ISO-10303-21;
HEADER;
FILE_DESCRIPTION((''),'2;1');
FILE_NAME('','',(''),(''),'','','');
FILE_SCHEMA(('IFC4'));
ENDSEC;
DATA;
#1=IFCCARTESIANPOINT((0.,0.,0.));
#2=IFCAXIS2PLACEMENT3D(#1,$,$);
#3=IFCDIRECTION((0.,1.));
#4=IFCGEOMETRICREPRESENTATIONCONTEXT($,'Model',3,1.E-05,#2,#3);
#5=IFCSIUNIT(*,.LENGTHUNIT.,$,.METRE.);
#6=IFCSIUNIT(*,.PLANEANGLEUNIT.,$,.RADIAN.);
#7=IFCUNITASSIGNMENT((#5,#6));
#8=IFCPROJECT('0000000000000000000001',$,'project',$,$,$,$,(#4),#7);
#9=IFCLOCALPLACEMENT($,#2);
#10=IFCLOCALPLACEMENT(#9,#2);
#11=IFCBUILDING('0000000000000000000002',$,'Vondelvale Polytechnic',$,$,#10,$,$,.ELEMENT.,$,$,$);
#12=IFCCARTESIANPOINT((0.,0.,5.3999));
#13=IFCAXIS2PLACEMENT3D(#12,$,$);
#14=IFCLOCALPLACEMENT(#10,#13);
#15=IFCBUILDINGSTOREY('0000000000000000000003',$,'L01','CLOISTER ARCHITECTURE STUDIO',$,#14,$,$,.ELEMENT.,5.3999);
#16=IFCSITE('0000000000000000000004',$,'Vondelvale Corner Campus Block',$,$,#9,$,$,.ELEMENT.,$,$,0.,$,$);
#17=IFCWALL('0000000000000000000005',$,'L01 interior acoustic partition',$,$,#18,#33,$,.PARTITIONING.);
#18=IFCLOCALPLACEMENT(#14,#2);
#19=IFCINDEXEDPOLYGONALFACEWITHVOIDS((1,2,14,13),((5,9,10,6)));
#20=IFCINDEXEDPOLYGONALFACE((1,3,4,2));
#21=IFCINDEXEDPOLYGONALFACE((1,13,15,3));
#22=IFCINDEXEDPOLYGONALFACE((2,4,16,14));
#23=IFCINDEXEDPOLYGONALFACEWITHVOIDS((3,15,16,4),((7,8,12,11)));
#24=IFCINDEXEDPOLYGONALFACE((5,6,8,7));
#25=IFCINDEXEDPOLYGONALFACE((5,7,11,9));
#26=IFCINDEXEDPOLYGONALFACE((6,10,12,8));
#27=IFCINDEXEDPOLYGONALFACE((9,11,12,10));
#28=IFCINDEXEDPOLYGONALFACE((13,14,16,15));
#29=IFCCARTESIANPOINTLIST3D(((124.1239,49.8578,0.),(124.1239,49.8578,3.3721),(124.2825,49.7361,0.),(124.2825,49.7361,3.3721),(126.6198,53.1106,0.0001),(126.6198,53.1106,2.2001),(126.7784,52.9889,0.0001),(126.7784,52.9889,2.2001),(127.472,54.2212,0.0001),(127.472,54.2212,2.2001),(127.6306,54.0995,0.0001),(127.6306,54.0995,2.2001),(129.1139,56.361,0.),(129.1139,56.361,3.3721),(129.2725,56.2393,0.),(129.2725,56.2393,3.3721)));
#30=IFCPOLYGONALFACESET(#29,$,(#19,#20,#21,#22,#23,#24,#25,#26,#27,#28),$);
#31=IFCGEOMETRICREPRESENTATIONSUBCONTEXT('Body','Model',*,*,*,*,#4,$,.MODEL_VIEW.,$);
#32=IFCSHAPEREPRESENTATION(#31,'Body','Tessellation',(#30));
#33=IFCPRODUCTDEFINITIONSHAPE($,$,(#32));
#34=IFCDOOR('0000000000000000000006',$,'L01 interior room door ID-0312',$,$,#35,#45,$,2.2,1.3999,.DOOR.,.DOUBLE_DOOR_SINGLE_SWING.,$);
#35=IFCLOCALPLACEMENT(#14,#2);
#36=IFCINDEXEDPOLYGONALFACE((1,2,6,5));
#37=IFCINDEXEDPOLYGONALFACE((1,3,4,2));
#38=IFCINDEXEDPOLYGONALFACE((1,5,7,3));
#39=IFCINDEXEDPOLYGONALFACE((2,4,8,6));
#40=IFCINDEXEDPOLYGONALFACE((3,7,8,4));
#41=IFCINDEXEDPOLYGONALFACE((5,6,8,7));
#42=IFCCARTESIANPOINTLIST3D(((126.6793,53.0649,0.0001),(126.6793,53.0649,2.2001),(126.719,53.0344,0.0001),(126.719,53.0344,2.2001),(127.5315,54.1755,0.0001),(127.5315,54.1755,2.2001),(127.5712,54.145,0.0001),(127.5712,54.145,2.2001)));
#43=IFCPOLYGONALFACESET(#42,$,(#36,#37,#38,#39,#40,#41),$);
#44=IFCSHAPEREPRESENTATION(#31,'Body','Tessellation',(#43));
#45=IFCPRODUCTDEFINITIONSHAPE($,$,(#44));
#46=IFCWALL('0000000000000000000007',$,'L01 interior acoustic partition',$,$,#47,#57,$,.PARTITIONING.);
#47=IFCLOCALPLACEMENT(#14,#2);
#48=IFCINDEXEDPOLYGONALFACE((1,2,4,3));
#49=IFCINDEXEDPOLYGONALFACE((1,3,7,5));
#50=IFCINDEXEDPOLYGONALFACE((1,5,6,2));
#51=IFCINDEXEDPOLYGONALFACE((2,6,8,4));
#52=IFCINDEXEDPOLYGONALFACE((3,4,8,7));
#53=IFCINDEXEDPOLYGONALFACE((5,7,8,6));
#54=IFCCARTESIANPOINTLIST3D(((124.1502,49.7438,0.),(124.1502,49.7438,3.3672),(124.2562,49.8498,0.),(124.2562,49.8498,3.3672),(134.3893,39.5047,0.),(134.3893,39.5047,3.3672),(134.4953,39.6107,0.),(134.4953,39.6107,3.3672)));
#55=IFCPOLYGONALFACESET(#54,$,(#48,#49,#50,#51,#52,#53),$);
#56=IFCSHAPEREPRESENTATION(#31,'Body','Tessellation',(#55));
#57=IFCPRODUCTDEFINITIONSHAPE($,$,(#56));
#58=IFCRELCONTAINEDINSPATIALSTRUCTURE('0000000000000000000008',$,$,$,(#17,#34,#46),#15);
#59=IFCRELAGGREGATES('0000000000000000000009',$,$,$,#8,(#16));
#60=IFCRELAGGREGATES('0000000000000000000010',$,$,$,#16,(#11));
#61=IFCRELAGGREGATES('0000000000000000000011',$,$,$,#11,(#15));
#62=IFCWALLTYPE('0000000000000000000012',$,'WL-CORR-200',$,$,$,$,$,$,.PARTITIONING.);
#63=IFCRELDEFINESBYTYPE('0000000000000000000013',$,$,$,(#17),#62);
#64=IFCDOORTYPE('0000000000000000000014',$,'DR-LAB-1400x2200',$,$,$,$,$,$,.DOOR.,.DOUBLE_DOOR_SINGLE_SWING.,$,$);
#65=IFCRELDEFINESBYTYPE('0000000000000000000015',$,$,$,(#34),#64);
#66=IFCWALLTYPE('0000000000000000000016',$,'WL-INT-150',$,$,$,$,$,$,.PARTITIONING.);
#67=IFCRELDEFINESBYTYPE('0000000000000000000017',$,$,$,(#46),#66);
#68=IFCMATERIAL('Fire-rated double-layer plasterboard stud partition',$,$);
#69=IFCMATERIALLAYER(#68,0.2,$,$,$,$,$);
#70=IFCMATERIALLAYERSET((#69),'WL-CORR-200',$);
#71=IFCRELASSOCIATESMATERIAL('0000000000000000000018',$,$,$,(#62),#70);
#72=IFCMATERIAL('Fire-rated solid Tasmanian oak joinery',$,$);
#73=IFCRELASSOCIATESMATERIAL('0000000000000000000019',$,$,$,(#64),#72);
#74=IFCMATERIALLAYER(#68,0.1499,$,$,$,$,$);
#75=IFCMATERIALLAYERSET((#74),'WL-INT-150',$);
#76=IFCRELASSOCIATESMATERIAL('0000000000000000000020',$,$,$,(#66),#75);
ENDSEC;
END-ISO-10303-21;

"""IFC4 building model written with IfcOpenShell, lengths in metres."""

from ifc_helpers import new_model, si_unit, direction, frame, frame_2d, origin, place, context, subcontext, project, spatial, rectangle, extrude, material, layer, layer_set, type_object, element, fill, save


model = new_model("IFC4")

# Units and contexts
model_context = context("Model", 3, precision=1e-05, world=origin(), true_north=direction((0.0, 1.0)))
body_context = subcontext(model_context, "Body", "Model", "MODEL_VIEW")
ifc_project = project(units=[si_unit("LENGTHUNIT", "METRE"), si_unit("PLANEANGLEUNIT", "RADIAN")], contexts=[model_context])

# Site, building, storey
site_placement = place(None, origin())
site = spatial("IfcSite", under=ifc_project, at=site_placement, Name="Vondelvale Corner Campus Block", CompositionType="ELEMENT", RefElevation=0.0)
building_placement = place(site_placement, origin())
building = spatial("IfcBuilding", under=site, at=building_placement, Name="Vondelvale Polytechnic", CompositionType="ELEMENT")
storey_placement = place(building_placement, frame((0.0, 0.0, 5.3999)))
storey = spatial("IfcBuildingStorey", under=building, at=storey_placement, Name="L01", Description="CLOISTER ARCHITECTURE STUDIO", CompositionType="ELEMENT", Elevation=5.3999)

# Wall, opening, door
ifc_material_1 = material(Name="Fire-rated double-layer plasterboard stud partition")
ifc_layer_1 = layer(ifc_material_1, 0.2)
ifc_layer_set_1 = layer_set([ifc_layer_1], Name="WL-CORR-200")
wall_type_1 = type_object("IfcWallType", Name="WL-CORR-200", PredefinedType="PARTITIONING", material=ifc_layer_set_1)
wall_1_placement = place(storey_placement, frame((124.2031, 49.7969, 0.0), z_axis=(0.0, 0.0, 1.0), x_axis=(0.608756, 0.793357, 0.0)))
wall_1 = element("IfcWall", 1, at=wall_1_placement, inside=storey, type_object=wall_type_1, Name="L01 interior acoustic partition", PredefinedType="PARTITIONING", context=body_context, shape_type="SweptSolid", body=[
    extrude(rectangle(XDim=8.197, YDim=0.2, at=frame_2d((4.0986, 0.0))), origin(), (0.0, 0.0, 1.0), 3.3721),
])
opening_placement = place(wall_1_placement, frame((4.1001, 0.0, 0.0)))
opening = element("IfcOpeningElement", 2, at=opening_placement, cuts=wall_1, PredefinedType="OPENING", context=body_context, shape_type="SweptSolid", body=[
    extrude(rectangle(XDim=1.3999, YDim=2.2, at=frame_2d((0.7, 1.1001))), frame((0.0, 0.1099, 0.0), z_axis=(0.0, -1.0, 0.0), x_axis=(1.0, 0.0, 0.0)), (0.0, 0.0, 1.0), 0.22),
])
ifc_material_2 = material(Name="Fire-rated solid Tasmanian oak joinery")
door_type = type_object("IfcDoorType", Name="DR-LAB-1400x2200", OperationType="DOUBLE_DOOR_SINGLE_SWING", PredefinedType="DOOR", material=ifc_material_2)
door_placement = place(opening_placement, origin())
door = element("IfcDoor", 3, at=door_placement, inside=storey, type_object=door_type, Name="L01 interior room door ID-0312", OperationType="DOUBLE_DOOR_SINGLE_SWING", OverallHeight=2.2, OverallWidth=1.3999, PredefinedType="DOOR", context=body_context, shape_type="SweptSolid", body=[
    extrude(rectangle(XDim=1.3999, YDim=2.2, at=frame_2d((0.7, 1.1001))), frame((0.0, 0.0249, 0.0), z_axis=(0.0, -1.0, 0.0), x_axis=(1.0, 0.0, 0.0)), (0.0, 0.0, 1.0), 0.05),
])
fill(opening, door)

# Wall
ifc_layer_2 = layer(ifc_material_1, 0.1499)
ifc_layer_set_2 = layer_set([ifc_layer_2], Name="WL-INT-150")
wall_type_2 = type_object("IfcWallType", Name="WL-INT-150", PredefinedType="PARTITIONING", material=ifc_layer_set_2)
wall_2_placement = place(storey_placement, frame((124.2031, 49.7969, 0.0), z_axis=(0.0, 0.0, 1.0), x_axis=(0.707107, -0.707107, 0.0)))
element("IfcWall", 4, at=wall_2_placement, inside=storey, type_object=wall_type_2, Name="L01 interior acoustic partition", PredefinedType="PARTITIONING", context=body_context, shape_type="SweptSolid", body=[
    extrude(rectangle(XDim=14.4802, YDim=0.1499, at=frame_2d((7.2402, 0.0))), origin(), (0.0, 0.0, 1.0), 3.3672),
])

save(model, "model.ifc")
